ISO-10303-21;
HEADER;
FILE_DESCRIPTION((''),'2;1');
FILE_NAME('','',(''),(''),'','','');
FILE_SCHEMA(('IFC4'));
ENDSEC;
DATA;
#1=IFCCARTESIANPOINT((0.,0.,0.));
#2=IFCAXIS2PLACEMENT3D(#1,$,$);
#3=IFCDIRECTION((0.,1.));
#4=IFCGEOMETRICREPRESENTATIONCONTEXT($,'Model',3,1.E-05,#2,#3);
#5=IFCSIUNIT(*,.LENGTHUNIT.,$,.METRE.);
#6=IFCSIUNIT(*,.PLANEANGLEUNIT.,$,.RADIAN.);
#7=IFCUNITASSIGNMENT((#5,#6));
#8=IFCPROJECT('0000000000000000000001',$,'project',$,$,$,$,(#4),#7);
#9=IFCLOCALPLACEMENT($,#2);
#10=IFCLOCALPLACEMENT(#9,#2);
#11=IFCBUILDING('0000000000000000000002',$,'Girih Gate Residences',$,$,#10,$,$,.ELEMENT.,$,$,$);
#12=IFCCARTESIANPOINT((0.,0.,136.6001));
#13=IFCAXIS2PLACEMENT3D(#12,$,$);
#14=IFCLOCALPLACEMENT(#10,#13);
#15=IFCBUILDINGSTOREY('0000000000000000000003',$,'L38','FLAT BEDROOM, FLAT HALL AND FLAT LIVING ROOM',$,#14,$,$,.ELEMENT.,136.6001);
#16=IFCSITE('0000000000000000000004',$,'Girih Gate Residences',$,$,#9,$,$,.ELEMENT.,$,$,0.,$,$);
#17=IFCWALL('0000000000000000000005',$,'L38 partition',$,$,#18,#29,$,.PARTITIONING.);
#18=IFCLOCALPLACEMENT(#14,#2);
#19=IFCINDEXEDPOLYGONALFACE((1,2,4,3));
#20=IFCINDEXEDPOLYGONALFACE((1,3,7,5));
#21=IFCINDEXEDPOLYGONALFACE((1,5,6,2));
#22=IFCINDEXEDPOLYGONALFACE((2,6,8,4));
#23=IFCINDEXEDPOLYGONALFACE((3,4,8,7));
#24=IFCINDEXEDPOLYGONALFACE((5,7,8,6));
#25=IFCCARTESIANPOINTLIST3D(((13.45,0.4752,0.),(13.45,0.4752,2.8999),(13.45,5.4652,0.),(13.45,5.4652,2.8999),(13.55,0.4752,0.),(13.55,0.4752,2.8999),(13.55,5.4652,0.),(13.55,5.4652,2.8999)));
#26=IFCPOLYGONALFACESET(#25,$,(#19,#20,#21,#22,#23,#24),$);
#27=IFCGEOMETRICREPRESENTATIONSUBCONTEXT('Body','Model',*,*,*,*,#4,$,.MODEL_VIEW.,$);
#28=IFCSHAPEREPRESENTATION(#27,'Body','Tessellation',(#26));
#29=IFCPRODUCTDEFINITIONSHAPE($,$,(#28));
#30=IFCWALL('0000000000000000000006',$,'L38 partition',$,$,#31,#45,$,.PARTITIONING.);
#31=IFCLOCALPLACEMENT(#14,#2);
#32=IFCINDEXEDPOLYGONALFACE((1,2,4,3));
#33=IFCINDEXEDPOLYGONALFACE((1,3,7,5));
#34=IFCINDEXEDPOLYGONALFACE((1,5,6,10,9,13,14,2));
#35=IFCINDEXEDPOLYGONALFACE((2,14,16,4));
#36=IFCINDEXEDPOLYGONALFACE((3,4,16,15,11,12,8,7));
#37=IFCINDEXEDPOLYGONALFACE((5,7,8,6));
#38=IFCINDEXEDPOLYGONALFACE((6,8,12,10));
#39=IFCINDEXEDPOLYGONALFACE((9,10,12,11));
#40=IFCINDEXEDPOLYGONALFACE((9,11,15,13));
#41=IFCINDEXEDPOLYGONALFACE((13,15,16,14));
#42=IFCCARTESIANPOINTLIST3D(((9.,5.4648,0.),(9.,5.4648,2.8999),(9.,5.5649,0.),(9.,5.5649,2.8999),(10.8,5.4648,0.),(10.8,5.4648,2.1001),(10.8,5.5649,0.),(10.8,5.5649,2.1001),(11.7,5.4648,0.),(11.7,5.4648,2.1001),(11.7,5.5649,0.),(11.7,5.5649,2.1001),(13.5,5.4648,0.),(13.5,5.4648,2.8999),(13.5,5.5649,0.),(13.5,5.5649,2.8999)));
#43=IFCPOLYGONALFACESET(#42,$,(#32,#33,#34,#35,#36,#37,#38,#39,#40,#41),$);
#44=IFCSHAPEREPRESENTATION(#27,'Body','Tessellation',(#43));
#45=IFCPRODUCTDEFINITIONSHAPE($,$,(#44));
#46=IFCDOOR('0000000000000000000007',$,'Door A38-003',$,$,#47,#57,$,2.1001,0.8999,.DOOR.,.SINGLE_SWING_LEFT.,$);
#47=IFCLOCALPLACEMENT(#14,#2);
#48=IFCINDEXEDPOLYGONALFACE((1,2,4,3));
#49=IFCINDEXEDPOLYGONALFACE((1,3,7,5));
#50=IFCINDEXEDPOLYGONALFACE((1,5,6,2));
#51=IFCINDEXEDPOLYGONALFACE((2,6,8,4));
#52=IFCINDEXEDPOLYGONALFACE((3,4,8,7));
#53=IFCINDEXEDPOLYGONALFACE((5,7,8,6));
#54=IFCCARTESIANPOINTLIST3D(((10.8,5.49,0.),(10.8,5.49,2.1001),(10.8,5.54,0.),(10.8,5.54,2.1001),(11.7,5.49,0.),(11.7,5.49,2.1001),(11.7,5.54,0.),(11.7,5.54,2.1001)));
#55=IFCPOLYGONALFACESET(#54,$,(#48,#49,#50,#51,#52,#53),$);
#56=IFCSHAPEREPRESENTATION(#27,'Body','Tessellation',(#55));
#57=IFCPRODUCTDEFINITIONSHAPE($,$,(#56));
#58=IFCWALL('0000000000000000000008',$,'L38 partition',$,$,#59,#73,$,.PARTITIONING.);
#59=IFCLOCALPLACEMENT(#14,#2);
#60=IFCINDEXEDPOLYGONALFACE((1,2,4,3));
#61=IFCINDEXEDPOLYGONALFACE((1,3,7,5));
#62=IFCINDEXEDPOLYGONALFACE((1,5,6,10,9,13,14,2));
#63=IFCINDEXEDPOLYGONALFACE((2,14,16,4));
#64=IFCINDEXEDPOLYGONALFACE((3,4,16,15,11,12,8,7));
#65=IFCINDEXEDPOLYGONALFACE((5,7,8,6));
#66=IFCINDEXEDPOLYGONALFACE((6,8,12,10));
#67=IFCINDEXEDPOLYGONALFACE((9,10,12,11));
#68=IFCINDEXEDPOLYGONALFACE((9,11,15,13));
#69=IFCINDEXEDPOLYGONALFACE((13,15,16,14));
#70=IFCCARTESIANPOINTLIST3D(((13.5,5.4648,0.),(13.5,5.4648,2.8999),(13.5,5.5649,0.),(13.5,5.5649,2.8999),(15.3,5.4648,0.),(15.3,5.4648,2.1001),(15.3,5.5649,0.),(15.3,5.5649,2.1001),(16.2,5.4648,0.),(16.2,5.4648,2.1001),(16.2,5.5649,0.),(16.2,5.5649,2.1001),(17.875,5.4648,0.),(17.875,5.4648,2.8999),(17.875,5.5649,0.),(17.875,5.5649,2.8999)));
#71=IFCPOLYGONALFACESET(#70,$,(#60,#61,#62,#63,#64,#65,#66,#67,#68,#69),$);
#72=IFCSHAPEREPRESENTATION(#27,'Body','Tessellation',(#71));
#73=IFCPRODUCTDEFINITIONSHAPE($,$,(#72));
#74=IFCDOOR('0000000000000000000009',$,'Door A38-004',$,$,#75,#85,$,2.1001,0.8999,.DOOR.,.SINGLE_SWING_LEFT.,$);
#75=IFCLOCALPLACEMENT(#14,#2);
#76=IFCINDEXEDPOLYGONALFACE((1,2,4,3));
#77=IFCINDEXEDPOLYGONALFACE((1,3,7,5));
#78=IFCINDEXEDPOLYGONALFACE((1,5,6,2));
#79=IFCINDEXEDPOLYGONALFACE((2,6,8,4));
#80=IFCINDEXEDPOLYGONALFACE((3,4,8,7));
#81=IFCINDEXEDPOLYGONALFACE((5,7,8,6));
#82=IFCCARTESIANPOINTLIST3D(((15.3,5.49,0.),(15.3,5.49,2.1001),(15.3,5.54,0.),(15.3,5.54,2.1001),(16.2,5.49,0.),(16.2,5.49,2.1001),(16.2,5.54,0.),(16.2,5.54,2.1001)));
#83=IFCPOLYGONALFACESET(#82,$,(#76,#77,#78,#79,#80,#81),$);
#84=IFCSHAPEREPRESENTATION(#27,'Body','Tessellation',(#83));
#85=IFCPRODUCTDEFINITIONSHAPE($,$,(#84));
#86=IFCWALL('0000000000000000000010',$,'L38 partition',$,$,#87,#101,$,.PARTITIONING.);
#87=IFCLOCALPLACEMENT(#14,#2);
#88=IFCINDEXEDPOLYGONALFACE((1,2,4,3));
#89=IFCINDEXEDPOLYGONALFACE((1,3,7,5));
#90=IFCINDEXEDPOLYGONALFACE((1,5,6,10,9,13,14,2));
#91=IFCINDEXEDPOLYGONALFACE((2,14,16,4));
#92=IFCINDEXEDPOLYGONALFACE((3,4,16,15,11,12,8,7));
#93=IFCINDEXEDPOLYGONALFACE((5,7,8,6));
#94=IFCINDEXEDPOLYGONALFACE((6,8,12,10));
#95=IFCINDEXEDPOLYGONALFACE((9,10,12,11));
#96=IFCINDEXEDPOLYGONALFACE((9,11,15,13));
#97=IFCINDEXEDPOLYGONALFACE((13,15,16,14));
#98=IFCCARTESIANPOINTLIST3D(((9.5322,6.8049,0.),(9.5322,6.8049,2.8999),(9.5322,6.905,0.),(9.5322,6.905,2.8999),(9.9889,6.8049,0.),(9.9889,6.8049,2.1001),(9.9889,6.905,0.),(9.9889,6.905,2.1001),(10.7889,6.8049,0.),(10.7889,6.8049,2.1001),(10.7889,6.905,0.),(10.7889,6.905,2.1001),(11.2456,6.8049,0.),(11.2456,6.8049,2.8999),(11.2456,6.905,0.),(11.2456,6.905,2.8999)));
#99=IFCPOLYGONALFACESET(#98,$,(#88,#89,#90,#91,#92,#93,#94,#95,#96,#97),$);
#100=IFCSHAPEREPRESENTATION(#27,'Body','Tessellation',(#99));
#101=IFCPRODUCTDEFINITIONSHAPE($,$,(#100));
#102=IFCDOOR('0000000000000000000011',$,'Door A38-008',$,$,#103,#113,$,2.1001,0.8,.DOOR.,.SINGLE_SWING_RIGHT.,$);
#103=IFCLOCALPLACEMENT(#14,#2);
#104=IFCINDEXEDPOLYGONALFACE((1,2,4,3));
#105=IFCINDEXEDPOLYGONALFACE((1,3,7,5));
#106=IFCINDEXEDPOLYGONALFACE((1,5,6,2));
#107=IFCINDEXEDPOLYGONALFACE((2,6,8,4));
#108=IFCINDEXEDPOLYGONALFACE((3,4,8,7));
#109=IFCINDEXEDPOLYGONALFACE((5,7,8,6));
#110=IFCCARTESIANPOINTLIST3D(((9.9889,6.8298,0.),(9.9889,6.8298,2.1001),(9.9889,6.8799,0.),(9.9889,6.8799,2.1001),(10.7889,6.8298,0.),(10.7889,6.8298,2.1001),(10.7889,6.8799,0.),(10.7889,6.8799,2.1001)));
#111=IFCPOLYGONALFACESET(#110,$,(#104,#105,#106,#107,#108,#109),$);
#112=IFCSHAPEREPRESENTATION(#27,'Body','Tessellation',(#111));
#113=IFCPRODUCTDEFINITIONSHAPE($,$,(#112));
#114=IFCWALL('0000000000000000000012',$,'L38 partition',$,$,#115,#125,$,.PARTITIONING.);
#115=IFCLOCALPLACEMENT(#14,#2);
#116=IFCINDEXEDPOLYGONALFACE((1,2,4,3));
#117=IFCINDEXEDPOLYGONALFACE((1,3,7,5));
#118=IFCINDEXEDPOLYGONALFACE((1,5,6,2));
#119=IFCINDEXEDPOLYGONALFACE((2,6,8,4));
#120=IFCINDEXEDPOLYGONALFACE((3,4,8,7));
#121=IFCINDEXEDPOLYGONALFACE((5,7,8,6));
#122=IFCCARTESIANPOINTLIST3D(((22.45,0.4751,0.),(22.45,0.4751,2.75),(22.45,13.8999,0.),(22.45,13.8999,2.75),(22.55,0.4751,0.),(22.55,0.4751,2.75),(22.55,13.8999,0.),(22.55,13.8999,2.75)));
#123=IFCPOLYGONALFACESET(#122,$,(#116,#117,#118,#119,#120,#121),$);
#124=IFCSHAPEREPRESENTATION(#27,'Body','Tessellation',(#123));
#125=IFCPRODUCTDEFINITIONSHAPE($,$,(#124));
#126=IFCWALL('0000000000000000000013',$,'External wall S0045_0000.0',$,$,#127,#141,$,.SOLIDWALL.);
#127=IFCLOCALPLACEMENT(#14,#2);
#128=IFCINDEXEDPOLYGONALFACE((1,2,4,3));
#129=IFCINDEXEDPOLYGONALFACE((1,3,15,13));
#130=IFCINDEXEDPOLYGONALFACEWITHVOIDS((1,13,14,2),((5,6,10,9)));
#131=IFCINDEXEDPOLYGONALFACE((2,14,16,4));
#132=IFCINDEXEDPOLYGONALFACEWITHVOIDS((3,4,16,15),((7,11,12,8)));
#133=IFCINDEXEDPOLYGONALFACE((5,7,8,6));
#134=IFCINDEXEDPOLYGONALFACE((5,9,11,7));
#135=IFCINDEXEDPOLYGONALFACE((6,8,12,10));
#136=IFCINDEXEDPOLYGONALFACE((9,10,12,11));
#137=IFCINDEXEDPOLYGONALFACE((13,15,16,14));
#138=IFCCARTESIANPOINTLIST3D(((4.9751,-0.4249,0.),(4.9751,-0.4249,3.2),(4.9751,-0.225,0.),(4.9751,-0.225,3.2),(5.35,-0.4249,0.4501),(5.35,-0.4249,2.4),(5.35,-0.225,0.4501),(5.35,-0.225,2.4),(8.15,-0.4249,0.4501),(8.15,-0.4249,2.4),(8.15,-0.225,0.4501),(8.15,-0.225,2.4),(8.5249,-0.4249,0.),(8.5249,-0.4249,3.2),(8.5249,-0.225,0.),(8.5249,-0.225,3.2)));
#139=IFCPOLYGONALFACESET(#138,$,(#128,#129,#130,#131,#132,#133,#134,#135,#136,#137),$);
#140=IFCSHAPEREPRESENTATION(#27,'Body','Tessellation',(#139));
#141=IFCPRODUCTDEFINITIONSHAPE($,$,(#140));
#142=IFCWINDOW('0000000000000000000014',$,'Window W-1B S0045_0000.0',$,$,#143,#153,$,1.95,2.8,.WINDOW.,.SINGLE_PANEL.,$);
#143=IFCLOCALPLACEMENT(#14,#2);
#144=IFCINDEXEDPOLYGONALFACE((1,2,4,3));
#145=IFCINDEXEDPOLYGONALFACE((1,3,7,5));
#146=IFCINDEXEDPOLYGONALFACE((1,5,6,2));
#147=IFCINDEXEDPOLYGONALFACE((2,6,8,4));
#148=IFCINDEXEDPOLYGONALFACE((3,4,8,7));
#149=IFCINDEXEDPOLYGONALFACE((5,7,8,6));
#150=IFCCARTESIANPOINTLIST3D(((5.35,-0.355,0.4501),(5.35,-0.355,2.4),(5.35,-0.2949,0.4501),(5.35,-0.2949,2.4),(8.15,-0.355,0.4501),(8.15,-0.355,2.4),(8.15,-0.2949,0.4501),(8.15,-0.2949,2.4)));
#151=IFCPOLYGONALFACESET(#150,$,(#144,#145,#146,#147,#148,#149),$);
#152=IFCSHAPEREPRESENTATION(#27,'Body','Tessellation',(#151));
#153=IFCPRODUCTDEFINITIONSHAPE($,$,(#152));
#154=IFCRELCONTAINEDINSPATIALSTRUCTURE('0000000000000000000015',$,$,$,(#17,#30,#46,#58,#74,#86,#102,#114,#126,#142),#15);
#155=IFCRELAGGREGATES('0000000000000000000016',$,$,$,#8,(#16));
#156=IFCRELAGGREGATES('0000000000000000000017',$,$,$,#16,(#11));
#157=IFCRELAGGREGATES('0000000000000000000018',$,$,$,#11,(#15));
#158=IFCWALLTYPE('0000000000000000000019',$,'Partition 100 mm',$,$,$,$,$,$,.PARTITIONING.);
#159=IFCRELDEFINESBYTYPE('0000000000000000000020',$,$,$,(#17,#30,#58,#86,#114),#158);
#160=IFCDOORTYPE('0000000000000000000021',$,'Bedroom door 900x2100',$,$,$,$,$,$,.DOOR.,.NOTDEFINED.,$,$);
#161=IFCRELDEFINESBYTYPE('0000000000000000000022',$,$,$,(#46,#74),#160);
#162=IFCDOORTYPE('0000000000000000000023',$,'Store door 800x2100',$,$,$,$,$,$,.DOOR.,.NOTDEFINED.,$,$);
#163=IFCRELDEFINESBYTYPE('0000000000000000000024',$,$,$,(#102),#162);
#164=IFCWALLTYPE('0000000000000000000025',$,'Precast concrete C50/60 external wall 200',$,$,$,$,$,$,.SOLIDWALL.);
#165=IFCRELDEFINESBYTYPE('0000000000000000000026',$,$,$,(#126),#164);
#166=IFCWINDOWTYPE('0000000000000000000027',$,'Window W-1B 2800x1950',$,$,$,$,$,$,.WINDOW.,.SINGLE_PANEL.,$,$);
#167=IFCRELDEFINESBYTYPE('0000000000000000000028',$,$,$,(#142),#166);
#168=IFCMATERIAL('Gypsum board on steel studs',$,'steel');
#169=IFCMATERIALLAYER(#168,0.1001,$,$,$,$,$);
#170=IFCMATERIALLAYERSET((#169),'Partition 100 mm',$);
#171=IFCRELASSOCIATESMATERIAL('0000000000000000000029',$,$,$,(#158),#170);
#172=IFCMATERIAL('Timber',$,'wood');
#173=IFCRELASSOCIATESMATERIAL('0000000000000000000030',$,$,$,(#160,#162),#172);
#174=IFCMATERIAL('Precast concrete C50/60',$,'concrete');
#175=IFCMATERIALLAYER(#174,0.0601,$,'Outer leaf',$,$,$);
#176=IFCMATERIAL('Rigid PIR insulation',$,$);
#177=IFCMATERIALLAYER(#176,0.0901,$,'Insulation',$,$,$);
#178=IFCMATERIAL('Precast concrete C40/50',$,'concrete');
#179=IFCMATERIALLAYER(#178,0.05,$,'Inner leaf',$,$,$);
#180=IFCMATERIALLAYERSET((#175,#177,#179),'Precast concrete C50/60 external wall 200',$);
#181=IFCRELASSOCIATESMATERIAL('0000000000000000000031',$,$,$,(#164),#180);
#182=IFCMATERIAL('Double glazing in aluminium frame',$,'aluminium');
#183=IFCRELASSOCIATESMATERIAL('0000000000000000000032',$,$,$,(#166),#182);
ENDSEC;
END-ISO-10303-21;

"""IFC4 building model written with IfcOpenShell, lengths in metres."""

from ifc_helpers import new_model, si_unit, direction, frame, frame_2d, origin, place, context, subcontext, project, spatial, rectangle, extrude, material, layer, layer_set, type_object, element, fill, save


model = new_model("IFC4")

# Units and contexts
model_context = context("Model", 3, precision=1e-05, world=origin(), true_north=direction((0.0, 1.0)))
body_context = subcontext(model_context, "Body", "Model", "MODEL_VIEW")
ifc_project = project(units=[si_unit("LENGTHUNIT", "METRE"), si_unit("PLANEANGLEUNIT", "RADIAN")], contexts=[model_context])

# Site, building, storey
site_placement = place(None, origin())
site = spatial("IfcSite", under=ifc_project, at=site_placement, Name="Girih Gate Residences", CompositionType="ELEMENT", RefElevation=0.0)
building_placement = place(site_placement, origin())
building = spatial("IfcBuilding", under=site, at=building_placement, Name="Girih Gate Residences", CompositionType="ELEMENT")
storey_placement = place(building_placement, frame((0.0, 0.0, 136.6001)))
storey = spatial("IfcBuildingStorey", under=building, at=storey_placement, Name="L38", Description="FLAT BEDROOM, FLAT HALL AND FLAT LIVING ROOM", CompositionType="ELEMENT", Elevation=136.6001)

# Shared definitions
ifc_material_1 = material(Name="Gypsum board on steel studs", Category="steel")
ifc_layer_1 = layer(ifc_material_1, 0.1001)
ifc_layer_set_1 = layer_set([ifc_layer_1], Name="Partition 100 mm")
wall_type_1 = type_object("IfcWallType", Name="Partition 100 mm", PredefinedType="PARTITIONING", material=ifc_layer_set_1)

# Shared definitions
ifc_material_2 = material(Name="Timber", Category="wood")
door_type_1 = type_object("IfcDoorType", Name="Bedroom door 900x2100", OperationType="NOTDEFINED", PredefinedType="DOOR", material=ifc_material_2)

# Wall
wall_1_placement = place(storey_placement, frame((13.5, 0.4751, 0.0), z_axis=(0.0, 0.0, 1.0), x_axis=(0.0, 1.0, 0.0)))
element("IfcWall", 1, at=wall_1_placement, inside=storey, type_object=wall_type_1, Name="L38 partition", PredefinedType="PARTITIONING", context=body_context, shape_type="SweptSolid", body=[
    extrude(rectangle(XDim=4.99, YDim=0.1001, at=frame_2d((2.4951, 0.0))), origin(), (0.0, 0.0, 1.0), 2.8999),
])

# Walls, openings, doors
wall_2_placement = place(storey_placement, frame((13.5, 5.5149, 0.0), z_axis=(0.0, 0.0, 1.0), x_axis=(-1.0, 0.0, 0.0)))
wall_2 = element("IfcWall", 2, at=wall_2_placement, inside=storey, type_object=wall_type_1, Name="L38 partition", PredefinedType="PARTITIONING", context=body_context, shape_type="SweptSolid", body=[
    extrude(rectangle(XDim=4.5, YDim=0.1001, at=frame_2d((2.25, 0.0))), origin(), (0.0, 0.0, 1.0), 2.8999),
])
opening_1_placement = place(wall_2_placement, frame((1.8, 0.0, 0.0)))
opening_1 = element("IfcOpeningElement", 3, at=opening_1_placement, cuts=wall_2, PredefinedType="OPENING", context=body_context, shape_type="SweptSolid", body=[
    extrude(rectangle(XDim=0.8999, YDim=2.1001, at=frame_2d((0.45, 1.05))), frame((0.0, 0.0601, 0.0), z_axis=(0.0, -1.0, 0.0), x_axis=(1.0, 0.0, 0.0)), (0.0, 0.0, 1.0), 0.1201),
])
door_1_placement = place(opening_1_placement, origin())
door_1 = element("IfcDoor", 4, at=door_1_placement, inside=storey, type_object=door_type_1, Name="Door A38-003", OperationType="SINGLE_SWING_LEFT", OverallHeight=2.1001, OverallWidth=0.8999, PredefinedType="DOOR", context=body_context, shape_type="SweptSolid", body=[
    extrude(rectangle(XDim=0.8999, YDim=2.1001, at=frame_2d((0.45, 1.05))), frame((0.0, 0.0249, 0.0), z_axis=(0.0, -1.0, 0.0), x_axis=(1.0, 0.0, 0.0)), (0.0, 0.0, 1.0), 0.05),
])
fill(opening_1, door_1)
wall_3_placement = place(storey_placement, frame((17.875, 5.5149, 0.0), z_axis=(0.0, 0.0, 1.0), x_axis=(-1.0, 0.0, 0.0)))
wall_3 = element("IfcWall", 5, at=wall_3_placement, inside=storey, type_object=wall_type_1, Name="L38 partition", PredefinedType="PARTITIONING", context=body_context, shape_type="SweptSolid", body=[
    extrude(rectangle(XDim=4.375, YDim=0.1001, at=frame_2d((2.1875, 0.0))), origin(), (0.0, 0.0, 1.0), 2.8999),
])
opening_2_placement = place(wall_3_placement, frame((1.675, 0.0, 0.0)))
opening_2 = element("IfcOpeningElement", 6, at=opening_2_placement, cuts=wall_3, PredefinedType="OPENING", context=body_context, shape_type="SweptSolid", body=[
    extrude(rectangle(XDim=0.8999, YDim=2.1001, at=frame_2d((0.45, 1.05))), frame((0.0, 0.0601, 0.0), z_axis=(0.0, -1.0, 0.0), x_axis=(1.0, 0.0, 0.0)), (0.0, 0.0, 1.0), 0.1201),
])
door_2_placement = place(opening_2_placement, origin())
door_2 = element("IfcDoor", 7, at=door_2_placement, inside=storey, type_object=door_type_1, Name="Door A38-004", OperationType="SINGLE_SWING_LEFT", OverallHeight=2.1001, OverallWidth=0.8999, PredefinedType="DOOR", context=body_context, shape_type="SweptSolid", body=[
    extrude(rectangle(XDim=0.8999, YDim=2.1001, at=frame_2d((0.45, 1.05))), frame((0.0, 0.0249, 0.0), z_axis=(0.0, -1.0, 0.0), x_axis=(1.0, 0.0, 0.0)), (0.0, 0.0, 1.0), 0.05),
])
fill(opening_2, door_2)
wall_4_placement = place(storey_placement, frame((9.5322, 6.855, 0.0), z_axis=(0.0, 0.0, 1.0), x_axis=(1.0, 0.0, 0.0)))
wall_4 = element("IfcWall", 8, at=wall_4_placement, inside=storey, type_object=wall_type_1, Name="L38 partition", PredefinedType="PARTITIONING", context=body_context, shape_type="SweptSolid", body=[
    extrude(rectangle(XDim=1.7134, YDim=0.1001, at=frame_2d((0.8567, 0.0))), origin(), (0.0, 0.0, 1.0), 2.8999),
])
opening_3_placement = place(wall_4_placement, frame((0.4568, 0.0, 0.0)))
opening_3 = element("IfcOpeningElement", 9, at=opening_3_placement, cuts=wall_4, PredefinedType="OPENING", context=body_context, shape_type="SweptSolid", body=[
    extrude(rectangle(XDim=0.8, YDim=2.1001, at=frame_2d((0.3999, 1.05))), frame((0.0, 0.0601, 0.0), z_axis=(0.0, -1.0, 0.0), x_axis=(1.0, 0.0, 0.0)), (0.0, 0.0, 1.0), 0.1201),
])
door_type_2 = type_object("IfcDoorType", Name="Store door 800x2100", OperationType="NOTDEFINED", PredefinedType="DOOR", material=ifc_material_2)
door_3_placement = place(opening_3_placement, origin())
door_3 = element("IfcDoor", 10, at=door_3_placement, inside=storey, type_object=door_type_2, Name="Door A38-008", OperationType="SINGLE_SWING_RIGHT", OverallHeight=2.1001, OverallWidth=0.8, PredefinedType="DOOR", context=body_context, shape_type="SweptSolid", body=[
    extrude(rectangle(XDim=0.8, YDim=2.1001, at=frame_2d((0.3999, 1.05))), frame((0.0, 0.0249, 0.0), z_axis=(0.0, -1.0, 0.0), x_axis=(1.0, 0.0, 0.0)), (0.0, 0.0, 1.0), 0.05),
])
fill(opening_3, door_3)

# Wall
wall_5_placement = place(storey_placement, frame((22.5, 0.4751, 0.0), z_axis=(0.0, 0.0, 1.0), x_axis=(0.0, 1.0, 0.0)))
element("IfcWall", 11, at=wall_5_placement, inside=storey, type_object=wall_type_1, Name="L38 partition", PredefinedType="PARTITIONING", context=body_context, shape_type="SweptSolid", body=[
    extrude(rectangle(XDim=13.4248, YDim=0.1001, at=frame_2d((6.7124, 0.0))), origin(), (0.0, 0.0, 1.0), 2.75),
])

# Wall, opening, window
ifc_material_3 = material(Name="Precast concrete C50/60", Category="concrete")
ifc_layer_2 = layer(ifc_material_3, 0.0601, Name="Outer leaf")
ifc_material_4 = material(Name="Rigid PIR insulation")
ifc_layer_3 = layer(ifc_material_4, 0.0901, Name="Insulation")
ifc_material_5 = material(Name="Precast concrete C40/50", Category="concrete")
ifc_layer_4 = layer(ifc_material_5, 0.05, Name="Inner leaf")
ifc_layer_set_2 = layer_set([ifc_layer_2, ifc_layer_3, ifc_layer_4], Name="Precast concrete C50/60 external wall 200")
wall_type_2 = type_object("IfcWallType", Name="Precast concrete C50/60 external wall 200", PredefinedType="SOLIDWALL", material=ifc_layer_set_2)
wall_6_placement = place(storey_placement, frame((8.5249, -0.325, 0.0), z_axis=(0.0, 0.0, 1.0), x_axis=(-1.0, 0.0, 0.0)))
wall_6 = element("IfcWall", 12, at=wall_6_placement, inside=storey, type_object=wall_type_2, Name="External wall S0045_0000.0", PredefinedType="SOLIDWALL", context=body_context, shape_type="SweptSolid", body=[
    extrude(rectangle(XDim=3.5498, YDim=0.2, at=frame_2d((1.7749, 0.0))), origin(), (0.0, 0.0, 1.0), 3.2),
])
opening_4_placement = place(wall_6_placement, frame((0.375, 0.0, 0.45)))
opening_4 = element("IfcOpeningElement", 13, at=opening_4_placement, cuts=wall_6, PredefinedType="OPENING", context=body_context, shape_type="SweptSolid", body=[
    extrude(rectangle(XDim=2.8, YDim=1.95, at=frame_2d((1.3999, 0.9751))), frame((0.0, 0.1099, 0.0), z_axis=(0.0, -1.0, 0.0), x_axis=(1.0, 0.0, 0.0)), (0.0, 0.0, 1.0), 0.22),
])
ifc_material_6 = material(Name="Double glazing in aluminium frame", Category="aluminium")
window_type = type_object("IfcWindowType", Name="Window W-1B 2800x1950", PartitioningType="SINGLE_PANEL", PredefinedType="WINDOW", material=ifc_material_6)
window_1_placement = place(opening_4_placement, origin())
window_1 = element("IfcWindow", 14, at=window_1_placement, inside=storey, type_object=window_type, Name="Window W-1B S0045_0000.0", OverallHeight=1.95, OverallWidth=2.8, PartitioningType="SINGLE_PANEL", PredefinedType="WINDOW", context=body_context, shape_type="SweptSolid", body=[
    extrude(rectangle(XDim=2.8, YDim=1.95, at=frame_2d((1.3999, 0.9751))), frame((0.0, 0.03, 0.0), z_axis=(0.0, -1.0, 0.0), x_axis=(1.0, 0.0, 0.0)), (0.0, 0.0, 1.0), 0.0601),
])
fill(opening_4, window_1)

save(model, "model.ifc")
